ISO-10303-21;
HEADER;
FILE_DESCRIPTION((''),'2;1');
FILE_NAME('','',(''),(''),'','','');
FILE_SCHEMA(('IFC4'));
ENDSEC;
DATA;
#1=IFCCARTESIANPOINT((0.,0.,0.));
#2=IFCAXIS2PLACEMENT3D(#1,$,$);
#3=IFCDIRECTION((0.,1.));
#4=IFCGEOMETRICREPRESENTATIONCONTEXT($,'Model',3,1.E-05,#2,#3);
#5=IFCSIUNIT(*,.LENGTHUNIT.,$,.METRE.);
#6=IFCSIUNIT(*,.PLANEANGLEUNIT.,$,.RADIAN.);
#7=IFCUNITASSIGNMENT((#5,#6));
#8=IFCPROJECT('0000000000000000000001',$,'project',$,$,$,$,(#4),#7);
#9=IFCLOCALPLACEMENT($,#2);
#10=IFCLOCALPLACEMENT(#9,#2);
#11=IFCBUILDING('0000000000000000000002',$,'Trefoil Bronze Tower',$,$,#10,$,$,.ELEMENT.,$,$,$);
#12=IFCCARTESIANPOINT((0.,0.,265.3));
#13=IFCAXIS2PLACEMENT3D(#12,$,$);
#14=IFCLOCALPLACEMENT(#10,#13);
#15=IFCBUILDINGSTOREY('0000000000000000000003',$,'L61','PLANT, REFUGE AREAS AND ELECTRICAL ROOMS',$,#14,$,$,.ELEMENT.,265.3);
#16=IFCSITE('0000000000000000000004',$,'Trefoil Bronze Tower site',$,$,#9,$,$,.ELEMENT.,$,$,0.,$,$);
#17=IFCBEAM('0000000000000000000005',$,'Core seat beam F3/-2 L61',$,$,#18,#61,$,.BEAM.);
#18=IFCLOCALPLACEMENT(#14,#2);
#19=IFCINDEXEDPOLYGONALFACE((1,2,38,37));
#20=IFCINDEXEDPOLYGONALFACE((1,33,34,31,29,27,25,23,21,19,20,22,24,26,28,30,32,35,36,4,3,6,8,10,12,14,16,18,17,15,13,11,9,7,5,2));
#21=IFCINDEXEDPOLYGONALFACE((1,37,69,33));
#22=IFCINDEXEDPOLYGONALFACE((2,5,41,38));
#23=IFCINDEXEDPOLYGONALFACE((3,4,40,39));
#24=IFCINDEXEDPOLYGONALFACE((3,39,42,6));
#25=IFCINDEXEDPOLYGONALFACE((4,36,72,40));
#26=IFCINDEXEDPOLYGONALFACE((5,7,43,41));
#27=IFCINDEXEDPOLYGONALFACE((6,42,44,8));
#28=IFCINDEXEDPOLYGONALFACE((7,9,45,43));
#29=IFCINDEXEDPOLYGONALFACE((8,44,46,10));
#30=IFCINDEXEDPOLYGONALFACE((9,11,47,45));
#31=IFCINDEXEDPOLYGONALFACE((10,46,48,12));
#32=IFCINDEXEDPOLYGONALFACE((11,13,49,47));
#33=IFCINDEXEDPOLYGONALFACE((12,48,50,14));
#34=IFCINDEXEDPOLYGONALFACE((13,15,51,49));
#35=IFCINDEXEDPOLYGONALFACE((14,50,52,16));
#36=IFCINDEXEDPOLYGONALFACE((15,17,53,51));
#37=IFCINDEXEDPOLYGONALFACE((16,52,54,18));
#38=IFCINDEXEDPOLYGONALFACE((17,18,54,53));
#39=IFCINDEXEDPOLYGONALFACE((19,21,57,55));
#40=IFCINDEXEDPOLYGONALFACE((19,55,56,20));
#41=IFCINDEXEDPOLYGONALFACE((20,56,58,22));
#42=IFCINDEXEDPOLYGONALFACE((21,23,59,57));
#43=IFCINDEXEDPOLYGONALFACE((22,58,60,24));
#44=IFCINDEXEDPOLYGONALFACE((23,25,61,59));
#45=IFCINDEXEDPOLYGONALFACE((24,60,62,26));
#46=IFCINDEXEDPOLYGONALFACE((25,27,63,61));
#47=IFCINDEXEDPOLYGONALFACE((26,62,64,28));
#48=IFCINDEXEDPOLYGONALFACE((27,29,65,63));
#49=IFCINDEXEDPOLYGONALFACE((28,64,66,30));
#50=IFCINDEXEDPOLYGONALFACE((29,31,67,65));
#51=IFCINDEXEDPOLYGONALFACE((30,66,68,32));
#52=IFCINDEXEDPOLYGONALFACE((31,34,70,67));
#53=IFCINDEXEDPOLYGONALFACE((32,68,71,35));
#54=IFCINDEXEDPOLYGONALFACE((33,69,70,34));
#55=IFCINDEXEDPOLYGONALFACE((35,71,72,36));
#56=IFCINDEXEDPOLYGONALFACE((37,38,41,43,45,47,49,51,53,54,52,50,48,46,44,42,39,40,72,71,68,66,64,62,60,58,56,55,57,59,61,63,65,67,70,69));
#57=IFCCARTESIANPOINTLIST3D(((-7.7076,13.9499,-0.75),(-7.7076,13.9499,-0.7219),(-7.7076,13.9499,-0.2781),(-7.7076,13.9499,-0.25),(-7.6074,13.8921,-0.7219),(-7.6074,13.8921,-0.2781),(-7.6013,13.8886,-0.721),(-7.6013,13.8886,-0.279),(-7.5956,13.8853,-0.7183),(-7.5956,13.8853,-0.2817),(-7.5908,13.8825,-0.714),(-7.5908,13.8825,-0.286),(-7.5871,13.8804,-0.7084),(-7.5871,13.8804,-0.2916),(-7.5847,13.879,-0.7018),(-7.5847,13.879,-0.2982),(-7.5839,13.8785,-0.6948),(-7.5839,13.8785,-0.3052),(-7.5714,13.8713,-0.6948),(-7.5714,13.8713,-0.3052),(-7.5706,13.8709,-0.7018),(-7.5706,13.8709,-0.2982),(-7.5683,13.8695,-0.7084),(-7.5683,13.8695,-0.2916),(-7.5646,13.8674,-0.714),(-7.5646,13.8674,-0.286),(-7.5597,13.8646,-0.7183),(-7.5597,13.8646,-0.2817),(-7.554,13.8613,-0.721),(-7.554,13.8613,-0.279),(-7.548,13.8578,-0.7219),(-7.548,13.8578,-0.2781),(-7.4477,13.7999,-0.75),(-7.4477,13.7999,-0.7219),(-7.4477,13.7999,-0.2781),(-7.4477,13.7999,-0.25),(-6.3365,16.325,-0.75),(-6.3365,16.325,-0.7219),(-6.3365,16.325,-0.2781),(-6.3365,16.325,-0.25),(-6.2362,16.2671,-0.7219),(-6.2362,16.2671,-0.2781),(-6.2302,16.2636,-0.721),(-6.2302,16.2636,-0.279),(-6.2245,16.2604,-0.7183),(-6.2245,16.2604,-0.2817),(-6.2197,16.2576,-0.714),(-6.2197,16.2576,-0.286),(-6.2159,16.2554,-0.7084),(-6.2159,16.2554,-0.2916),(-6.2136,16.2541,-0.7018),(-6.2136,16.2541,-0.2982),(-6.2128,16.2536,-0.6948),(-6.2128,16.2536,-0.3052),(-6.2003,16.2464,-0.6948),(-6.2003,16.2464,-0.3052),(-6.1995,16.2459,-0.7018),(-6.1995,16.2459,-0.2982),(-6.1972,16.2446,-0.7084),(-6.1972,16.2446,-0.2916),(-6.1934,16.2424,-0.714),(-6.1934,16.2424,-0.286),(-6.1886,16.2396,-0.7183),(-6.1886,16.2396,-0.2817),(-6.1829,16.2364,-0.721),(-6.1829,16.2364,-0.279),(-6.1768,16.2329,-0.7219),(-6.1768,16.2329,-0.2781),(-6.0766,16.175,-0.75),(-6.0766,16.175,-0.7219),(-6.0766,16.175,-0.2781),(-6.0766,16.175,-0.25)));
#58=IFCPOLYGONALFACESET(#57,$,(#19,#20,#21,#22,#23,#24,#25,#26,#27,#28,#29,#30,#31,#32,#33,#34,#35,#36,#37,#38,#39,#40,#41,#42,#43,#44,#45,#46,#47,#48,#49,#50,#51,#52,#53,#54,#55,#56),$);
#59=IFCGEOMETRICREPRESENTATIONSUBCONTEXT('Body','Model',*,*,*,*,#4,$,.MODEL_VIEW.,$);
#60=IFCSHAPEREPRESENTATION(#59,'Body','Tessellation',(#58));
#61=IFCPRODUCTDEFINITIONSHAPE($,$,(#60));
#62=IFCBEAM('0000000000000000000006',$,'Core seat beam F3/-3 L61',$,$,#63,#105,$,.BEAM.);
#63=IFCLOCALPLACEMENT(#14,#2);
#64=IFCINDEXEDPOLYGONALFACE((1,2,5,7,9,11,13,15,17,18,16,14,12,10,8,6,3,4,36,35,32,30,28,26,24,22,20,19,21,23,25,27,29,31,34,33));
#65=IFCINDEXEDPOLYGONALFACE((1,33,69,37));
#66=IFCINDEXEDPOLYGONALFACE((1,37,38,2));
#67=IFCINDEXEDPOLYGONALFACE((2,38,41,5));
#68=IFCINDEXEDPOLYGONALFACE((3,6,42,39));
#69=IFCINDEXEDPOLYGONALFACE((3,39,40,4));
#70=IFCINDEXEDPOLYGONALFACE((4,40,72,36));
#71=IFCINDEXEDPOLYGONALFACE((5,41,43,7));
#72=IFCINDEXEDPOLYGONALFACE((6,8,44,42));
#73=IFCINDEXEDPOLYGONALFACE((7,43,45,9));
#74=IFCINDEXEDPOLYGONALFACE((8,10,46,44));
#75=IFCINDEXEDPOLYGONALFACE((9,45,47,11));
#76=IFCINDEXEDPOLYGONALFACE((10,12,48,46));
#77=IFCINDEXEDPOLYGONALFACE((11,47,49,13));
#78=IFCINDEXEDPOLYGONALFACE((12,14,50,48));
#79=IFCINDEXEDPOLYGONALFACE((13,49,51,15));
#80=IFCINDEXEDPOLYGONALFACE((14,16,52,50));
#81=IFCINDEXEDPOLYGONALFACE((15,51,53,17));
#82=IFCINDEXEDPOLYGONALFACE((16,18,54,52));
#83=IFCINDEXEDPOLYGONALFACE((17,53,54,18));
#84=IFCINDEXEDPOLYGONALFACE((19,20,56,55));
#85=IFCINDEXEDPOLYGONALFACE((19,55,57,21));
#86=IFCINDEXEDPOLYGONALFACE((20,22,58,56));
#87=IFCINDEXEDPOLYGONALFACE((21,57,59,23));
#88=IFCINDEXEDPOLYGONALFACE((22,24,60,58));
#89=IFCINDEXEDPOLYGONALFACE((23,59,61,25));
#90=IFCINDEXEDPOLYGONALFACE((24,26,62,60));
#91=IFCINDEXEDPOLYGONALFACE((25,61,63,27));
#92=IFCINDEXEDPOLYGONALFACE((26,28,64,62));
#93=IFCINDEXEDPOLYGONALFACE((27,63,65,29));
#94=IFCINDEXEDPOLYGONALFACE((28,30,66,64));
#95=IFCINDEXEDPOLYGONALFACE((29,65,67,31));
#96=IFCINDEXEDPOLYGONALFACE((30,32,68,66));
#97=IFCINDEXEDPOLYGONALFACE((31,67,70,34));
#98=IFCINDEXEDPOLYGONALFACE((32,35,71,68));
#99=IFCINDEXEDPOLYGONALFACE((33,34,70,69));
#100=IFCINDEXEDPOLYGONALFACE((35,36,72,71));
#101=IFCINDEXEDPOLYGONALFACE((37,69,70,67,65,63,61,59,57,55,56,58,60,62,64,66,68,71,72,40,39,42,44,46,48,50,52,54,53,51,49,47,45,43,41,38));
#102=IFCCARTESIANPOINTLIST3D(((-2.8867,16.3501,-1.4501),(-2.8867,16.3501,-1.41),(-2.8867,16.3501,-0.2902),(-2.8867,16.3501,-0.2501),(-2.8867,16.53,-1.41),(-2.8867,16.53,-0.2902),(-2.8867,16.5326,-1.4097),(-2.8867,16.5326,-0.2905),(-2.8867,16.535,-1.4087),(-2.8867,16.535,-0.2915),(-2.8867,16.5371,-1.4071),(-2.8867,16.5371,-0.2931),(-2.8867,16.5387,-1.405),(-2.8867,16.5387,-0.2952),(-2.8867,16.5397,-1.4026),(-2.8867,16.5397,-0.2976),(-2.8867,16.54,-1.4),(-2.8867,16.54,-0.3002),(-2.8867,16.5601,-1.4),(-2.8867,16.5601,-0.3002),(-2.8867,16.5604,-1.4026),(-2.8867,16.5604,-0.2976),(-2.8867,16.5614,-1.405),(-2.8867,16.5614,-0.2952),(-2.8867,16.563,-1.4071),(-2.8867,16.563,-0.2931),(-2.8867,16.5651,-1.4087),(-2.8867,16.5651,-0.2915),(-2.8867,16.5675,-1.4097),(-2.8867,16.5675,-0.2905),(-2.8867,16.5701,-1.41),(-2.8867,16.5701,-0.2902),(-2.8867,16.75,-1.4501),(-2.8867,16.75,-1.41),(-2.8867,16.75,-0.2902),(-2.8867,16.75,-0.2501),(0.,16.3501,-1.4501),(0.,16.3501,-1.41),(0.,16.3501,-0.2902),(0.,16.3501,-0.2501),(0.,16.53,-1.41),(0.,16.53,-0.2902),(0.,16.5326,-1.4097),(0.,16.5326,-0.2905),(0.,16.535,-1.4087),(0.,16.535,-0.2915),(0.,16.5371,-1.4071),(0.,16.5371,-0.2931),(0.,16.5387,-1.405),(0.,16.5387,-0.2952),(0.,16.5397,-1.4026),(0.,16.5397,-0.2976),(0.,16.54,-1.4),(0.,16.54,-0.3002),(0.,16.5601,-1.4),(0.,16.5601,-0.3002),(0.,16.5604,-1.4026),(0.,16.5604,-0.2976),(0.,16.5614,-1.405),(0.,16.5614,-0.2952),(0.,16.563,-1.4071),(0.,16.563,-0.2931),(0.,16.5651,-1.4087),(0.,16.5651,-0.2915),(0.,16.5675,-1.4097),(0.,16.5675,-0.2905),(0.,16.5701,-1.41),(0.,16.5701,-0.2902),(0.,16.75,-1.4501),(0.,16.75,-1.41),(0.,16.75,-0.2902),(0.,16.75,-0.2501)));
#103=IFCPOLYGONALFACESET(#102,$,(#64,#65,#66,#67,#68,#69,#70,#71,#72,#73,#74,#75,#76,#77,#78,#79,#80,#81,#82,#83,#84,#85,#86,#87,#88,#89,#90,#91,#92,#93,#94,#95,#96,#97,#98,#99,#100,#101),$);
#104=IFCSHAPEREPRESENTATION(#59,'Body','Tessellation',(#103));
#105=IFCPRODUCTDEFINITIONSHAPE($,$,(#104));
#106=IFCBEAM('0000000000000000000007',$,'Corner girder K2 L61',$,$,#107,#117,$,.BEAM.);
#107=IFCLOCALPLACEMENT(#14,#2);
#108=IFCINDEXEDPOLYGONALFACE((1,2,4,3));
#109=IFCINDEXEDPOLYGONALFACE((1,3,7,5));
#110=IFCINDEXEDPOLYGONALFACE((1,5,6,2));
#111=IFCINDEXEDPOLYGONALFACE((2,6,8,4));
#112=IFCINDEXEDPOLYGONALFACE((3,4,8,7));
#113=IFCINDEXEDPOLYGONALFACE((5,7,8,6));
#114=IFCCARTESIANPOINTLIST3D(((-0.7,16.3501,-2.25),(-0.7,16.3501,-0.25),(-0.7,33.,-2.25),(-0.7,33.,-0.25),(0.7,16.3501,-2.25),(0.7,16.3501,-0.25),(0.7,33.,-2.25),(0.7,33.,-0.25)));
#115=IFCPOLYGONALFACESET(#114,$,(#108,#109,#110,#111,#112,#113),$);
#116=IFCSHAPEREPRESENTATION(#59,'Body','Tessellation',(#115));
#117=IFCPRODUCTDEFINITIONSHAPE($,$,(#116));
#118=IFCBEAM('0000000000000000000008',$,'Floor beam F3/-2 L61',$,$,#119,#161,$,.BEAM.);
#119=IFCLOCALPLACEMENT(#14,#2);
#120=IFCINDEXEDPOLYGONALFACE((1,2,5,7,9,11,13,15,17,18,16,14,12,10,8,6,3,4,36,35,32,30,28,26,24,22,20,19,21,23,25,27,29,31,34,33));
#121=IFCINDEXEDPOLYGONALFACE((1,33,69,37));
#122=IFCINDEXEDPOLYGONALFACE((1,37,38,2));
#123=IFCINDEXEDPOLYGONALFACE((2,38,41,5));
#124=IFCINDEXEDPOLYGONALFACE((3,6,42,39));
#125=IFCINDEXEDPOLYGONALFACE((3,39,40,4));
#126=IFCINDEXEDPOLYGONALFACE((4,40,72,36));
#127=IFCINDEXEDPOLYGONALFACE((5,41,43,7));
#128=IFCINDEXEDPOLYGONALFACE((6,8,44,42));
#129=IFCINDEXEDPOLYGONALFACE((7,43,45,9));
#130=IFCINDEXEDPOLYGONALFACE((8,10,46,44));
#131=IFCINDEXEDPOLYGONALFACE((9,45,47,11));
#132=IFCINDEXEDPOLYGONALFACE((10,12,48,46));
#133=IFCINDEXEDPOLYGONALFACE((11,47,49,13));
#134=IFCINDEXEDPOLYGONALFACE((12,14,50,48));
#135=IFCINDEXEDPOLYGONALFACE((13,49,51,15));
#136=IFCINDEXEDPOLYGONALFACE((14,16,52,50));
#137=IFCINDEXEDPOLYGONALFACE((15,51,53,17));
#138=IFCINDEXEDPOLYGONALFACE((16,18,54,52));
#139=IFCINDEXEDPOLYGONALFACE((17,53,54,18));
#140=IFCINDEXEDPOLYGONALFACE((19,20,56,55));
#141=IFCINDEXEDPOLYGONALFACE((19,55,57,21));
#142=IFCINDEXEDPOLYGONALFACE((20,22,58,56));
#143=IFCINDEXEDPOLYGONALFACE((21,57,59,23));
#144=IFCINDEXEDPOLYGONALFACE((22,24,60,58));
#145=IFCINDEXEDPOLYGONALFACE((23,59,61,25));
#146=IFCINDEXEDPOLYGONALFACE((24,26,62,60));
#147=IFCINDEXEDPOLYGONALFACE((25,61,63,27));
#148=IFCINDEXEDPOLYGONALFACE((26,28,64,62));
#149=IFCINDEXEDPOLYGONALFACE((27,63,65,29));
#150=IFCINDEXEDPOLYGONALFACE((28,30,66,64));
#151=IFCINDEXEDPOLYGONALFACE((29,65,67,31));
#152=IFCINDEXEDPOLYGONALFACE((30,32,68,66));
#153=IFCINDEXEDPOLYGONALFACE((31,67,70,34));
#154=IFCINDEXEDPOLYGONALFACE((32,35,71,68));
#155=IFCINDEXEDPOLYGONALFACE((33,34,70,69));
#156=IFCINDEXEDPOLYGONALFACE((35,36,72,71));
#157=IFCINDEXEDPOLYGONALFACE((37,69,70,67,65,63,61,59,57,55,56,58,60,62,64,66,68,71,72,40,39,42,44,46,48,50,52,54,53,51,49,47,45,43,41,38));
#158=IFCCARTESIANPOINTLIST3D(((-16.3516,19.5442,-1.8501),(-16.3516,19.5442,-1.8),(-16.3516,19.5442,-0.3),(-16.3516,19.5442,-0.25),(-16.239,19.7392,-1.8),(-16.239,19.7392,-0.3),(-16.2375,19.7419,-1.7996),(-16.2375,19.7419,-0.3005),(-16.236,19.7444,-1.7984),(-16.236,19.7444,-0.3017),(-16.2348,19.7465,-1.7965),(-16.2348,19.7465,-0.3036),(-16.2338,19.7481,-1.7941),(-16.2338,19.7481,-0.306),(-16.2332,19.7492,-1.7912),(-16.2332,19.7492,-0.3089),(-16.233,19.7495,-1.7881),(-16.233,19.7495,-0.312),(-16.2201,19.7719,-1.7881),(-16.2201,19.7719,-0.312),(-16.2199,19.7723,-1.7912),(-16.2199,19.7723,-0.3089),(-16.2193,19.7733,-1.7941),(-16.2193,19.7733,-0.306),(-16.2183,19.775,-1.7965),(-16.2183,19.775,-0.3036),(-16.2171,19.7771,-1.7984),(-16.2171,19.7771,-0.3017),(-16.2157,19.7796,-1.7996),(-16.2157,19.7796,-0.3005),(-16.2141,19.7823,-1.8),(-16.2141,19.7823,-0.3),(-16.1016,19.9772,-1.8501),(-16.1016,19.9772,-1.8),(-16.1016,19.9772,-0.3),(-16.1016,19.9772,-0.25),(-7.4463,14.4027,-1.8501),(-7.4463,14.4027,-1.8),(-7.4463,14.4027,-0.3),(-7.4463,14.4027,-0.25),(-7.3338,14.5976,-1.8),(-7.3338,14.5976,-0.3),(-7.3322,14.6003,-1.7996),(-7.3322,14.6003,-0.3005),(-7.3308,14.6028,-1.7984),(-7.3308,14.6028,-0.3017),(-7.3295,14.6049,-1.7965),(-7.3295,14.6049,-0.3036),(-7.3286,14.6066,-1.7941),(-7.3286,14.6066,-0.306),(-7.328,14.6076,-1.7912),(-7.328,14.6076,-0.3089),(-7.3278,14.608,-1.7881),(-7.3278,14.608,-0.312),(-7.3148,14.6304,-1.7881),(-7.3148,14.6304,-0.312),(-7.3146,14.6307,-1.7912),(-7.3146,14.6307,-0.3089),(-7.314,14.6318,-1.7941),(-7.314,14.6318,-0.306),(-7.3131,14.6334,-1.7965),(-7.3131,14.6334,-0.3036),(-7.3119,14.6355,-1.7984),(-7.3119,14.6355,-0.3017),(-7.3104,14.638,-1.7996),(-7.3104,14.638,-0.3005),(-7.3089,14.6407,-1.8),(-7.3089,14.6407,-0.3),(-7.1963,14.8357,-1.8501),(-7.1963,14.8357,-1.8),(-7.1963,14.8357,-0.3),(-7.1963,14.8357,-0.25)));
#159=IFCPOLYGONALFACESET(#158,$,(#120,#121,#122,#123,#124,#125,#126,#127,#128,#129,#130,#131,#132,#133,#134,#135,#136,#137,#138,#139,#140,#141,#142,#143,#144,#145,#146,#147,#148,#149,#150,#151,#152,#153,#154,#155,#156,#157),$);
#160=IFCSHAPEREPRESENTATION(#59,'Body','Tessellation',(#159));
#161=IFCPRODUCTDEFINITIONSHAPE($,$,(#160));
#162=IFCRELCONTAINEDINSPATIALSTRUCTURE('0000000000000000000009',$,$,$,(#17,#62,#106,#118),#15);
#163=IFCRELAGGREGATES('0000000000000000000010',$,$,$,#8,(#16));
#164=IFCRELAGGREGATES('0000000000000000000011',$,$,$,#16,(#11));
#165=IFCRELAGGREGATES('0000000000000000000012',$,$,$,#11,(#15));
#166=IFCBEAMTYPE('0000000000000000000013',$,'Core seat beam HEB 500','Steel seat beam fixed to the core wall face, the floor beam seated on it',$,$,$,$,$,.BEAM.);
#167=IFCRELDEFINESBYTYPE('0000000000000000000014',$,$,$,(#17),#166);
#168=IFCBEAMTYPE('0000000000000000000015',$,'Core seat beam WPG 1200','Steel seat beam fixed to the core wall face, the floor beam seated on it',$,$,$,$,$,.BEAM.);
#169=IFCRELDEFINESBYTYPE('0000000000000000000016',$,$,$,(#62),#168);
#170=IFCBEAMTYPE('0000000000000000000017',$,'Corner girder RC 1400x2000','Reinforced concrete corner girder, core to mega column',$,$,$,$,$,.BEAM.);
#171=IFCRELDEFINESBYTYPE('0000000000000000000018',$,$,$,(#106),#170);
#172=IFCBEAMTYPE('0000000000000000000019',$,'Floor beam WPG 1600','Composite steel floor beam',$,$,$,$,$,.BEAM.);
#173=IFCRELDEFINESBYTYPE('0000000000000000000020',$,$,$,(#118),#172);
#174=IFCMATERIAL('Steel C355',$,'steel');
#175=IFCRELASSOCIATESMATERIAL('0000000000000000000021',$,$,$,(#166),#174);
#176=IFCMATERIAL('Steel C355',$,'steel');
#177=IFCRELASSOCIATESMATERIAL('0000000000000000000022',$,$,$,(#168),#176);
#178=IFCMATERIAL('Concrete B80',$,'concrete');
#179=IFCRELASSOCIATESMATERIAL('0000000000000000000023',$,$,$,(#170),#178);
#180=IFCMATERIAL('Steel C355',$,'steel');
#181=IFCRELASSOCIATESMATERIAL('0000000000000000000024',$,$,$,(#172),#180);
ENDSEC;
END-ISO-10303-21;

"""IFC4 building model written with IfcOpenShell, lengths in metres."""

from ifc_helpers import new_model, si_unit, direction, frame, origin, origin_2d, place, context, subcontext, project, spatial, rectangle, i_section, extrude, material, material_profile, profile_set, type_object, element, save


model = new_model("IFC4")

# Units and contexts
model_context = context("Model", 3, precision=1e-05, world=origin(), true_north=direction((0.0, 1.0)))
body_context = subcontext(model_context, "Body", "Model", "MODEL_VIEW")
ifc_project = project(units=[si_unit("LENGTHUNIT", "METRE"), si_unit("PLANEANGLEUNIT", "RADIAN")], contexts=[model_context])

# Site, building, storey
site_placement = place(None, origin())
site = spatial("IfcSite", under=ifc_project, at=site_placement, Name="Trefoil Bronze Tower site", CompositionType="ELEMENT", RefElevation=0.0)
building_placement = place(site_placement, origin())
building = spatial("IfcBuilding", under=site, at=building_placement, Name="Trefoil Bronze Tower", CompositionType="ELEMENT")
storey_placement = place(building_placement, frame((0.0, 0.0, 265.3)))
storey = spatial("IfcBuildingStorey", under=building, at=storey_placement, Name="L61", Description="PLANT, REFUGE AREAS AND ELECTRICAL ROOMS", CompositionType="ELEMENT", Elevation=265.3)

# Beams
ifc_material_1 = material(Name="Steel C355", Category="steel")
ifc_material_profile_1 = material_profile(ifc_material_1, i_section(OverallWidth=0.3, OverallDepth=0.5, WebThickness=0.0144, FlangeThickness=0.0281, FilletRadius=0.0271, at=origin_2d()), Name="HEB 500")
ifc_profile_set_1 = profile_set([ifc_material_profile_1], Name="Steel C355")
beam_type_1 = type_object("IfcBeamType", Name="Core seat beam HEB 500", Description="Steel seat beam fixed to the core wall face, the floor beam seated on it", PredefinedType="BEAM", material=ifc_profile_set_1)
beam_1_placement = place(storey_placement, frame((-6.2065, 16.25, -0.5), z_axis=(-0.499969, -0.866043, 0.0), x_axis=(0.866043, -0.499969, 0.0)))
element("IfcBeam", 1, at=beam_1_placement, inside=storey, type_object=beam_type_1, Name="Core seat beam F3/-2 L61", PredefinedType="BEAM", context=body_context, shape_type="SweptSolid", body=[
    extrude(i_section(OverallWidth=0.3, OverallDepth=0.5, WebThickness=0.0144, FlangeThickness=0.0281, FilletRadius=0.0271, at=origin_2d()), origin(), (0.0, 0.0, 1.0), 2.7424),
])
ifc_material_2 = material(Name="Steel C355", Category="steel")
ifc_material_profile_2 = material_profile(ifc_material_2, i_section(OverallWidth=0.3999, OverallDepth=1.2, WebThickness=0.02, FlangeThickness=0.04, FilletRadius=0.01, at=origin_2d()), Name="WPG 1200")
ifc_profile_set_2 = profile_set([ifc_material_profile_2], Name="Steel C355")
beam_type_2 = type_object("IfcBeamType", Name="Core seat beam WPG 1200", Description="Steel seat beam fixed to the core wall face, the floor beam seated on it", PredefinedType="BEAM", material=ifc_profile_set_2)
beam_2_placement = place(storey_placement, frame((0.0, 16.55, -0.8501), z_axis=(-1.0, 0.0, 0.0), x_axis=(0.0, -1.0, 0.0)))
element("IfcBeam", 2, at=beam_2_placement, inside=storey, type_object=beam_type_2, Name="Core seat beam F3/-3 L61", PredefinedType="BEAM", context=body_context, shape_type="SweptSolid", body=[
    extrude(i_section(OverallWidth=0.3999, OverallDepth=1.2, WebThickness=0.02, FlangeThickness=0.04, FilletRadius=0.01, at=origin_2d()), origin(), (0.0, 0.0, 1.0), 2.8867),
])
ifc_material_3 = material(Name="Concrete B80", Category="concrete")
ifc_material_profile_3 = material_profile(ifc_material_3, rectangle(XDim=1.3999, YDim=2.0, at=origin_2d()), Name="RC 1400x2000")
ifc_profile_set_3 = profile_set([ifc_material_profile_3], Name="Concrete B80")
beam_type_3 = type_object("IfcBeamType", Name="Corner girder RC 1400x2000", Description="Reinforced concrete corner girder, core to mega column", PredefinedType="BEAM", material=ifc_profile_set_3)
beam_3_placement = place(storey_placement, frame((0.0, 16.3501, -1.25), z_axis=(0.0, 1.0, 0.0), x_axis=(-1.0, 0.0, 0.0)))
element("IfcBeam", 3, at=beam_3_placement, inside=storey, type_object=beam_type_3, Name="Corner girder K2 L61", PredefinedType="BEAM", context=body_context, shape_type="SweptSolid", body=[
    extrude(rectangle(XDim=1.3999, YDim=2.0, at=origin_2d()), origin(), (0.0, 0.0, 1.0), 16.6499),
])
ifc_material_4 = material(Name="Steel C355", Category="steel")
ifc_material_profile_4 = material_profile(ifc_material_4, i_section(OverallWidth=0.5, OverallDepth=1.6001, WebThickness=0.0259, FlangeThickness=0.05, FilletRadius=0.012, at=origin_2d()), Name="WPG 1600")
ifc_profile_set_4 = profile_set([ifc_material_profile_4], Name="Steel C355")
beam_type_4 = type_object("IfcBeamType", Name="Floor beam WPG 1600", Description="Composite steel floor beam", PredefinedType="BEAM", material=ifc_profile_set_4)
beam_4_placement = place(storey_placement, frame((-16.2266, 19.7607, -1.05), z_axis=(0.86602, -0.50001, 0.0), x_axis=(0.50001, 0.86602, 0.0)))
element("IfcBeam", 4, at=beam_4_placement, inside=storey, type_object=beam_type_4, Name="Floor beam F3/-2 L61", PredefinedType="BEAM", context=body_context, shape_type="SweptSolid", body=[
    extrude(i_section(OverallWidth=0.5, OverallDepth=1.6001, WebThickness=0.0259, FlangeThickness=0.05, FilletRadius=0.012, at=origin_2d()), origin(), (0.0, 0.0, 1.0), 10.283),
])

save(model, "model.ifc")
